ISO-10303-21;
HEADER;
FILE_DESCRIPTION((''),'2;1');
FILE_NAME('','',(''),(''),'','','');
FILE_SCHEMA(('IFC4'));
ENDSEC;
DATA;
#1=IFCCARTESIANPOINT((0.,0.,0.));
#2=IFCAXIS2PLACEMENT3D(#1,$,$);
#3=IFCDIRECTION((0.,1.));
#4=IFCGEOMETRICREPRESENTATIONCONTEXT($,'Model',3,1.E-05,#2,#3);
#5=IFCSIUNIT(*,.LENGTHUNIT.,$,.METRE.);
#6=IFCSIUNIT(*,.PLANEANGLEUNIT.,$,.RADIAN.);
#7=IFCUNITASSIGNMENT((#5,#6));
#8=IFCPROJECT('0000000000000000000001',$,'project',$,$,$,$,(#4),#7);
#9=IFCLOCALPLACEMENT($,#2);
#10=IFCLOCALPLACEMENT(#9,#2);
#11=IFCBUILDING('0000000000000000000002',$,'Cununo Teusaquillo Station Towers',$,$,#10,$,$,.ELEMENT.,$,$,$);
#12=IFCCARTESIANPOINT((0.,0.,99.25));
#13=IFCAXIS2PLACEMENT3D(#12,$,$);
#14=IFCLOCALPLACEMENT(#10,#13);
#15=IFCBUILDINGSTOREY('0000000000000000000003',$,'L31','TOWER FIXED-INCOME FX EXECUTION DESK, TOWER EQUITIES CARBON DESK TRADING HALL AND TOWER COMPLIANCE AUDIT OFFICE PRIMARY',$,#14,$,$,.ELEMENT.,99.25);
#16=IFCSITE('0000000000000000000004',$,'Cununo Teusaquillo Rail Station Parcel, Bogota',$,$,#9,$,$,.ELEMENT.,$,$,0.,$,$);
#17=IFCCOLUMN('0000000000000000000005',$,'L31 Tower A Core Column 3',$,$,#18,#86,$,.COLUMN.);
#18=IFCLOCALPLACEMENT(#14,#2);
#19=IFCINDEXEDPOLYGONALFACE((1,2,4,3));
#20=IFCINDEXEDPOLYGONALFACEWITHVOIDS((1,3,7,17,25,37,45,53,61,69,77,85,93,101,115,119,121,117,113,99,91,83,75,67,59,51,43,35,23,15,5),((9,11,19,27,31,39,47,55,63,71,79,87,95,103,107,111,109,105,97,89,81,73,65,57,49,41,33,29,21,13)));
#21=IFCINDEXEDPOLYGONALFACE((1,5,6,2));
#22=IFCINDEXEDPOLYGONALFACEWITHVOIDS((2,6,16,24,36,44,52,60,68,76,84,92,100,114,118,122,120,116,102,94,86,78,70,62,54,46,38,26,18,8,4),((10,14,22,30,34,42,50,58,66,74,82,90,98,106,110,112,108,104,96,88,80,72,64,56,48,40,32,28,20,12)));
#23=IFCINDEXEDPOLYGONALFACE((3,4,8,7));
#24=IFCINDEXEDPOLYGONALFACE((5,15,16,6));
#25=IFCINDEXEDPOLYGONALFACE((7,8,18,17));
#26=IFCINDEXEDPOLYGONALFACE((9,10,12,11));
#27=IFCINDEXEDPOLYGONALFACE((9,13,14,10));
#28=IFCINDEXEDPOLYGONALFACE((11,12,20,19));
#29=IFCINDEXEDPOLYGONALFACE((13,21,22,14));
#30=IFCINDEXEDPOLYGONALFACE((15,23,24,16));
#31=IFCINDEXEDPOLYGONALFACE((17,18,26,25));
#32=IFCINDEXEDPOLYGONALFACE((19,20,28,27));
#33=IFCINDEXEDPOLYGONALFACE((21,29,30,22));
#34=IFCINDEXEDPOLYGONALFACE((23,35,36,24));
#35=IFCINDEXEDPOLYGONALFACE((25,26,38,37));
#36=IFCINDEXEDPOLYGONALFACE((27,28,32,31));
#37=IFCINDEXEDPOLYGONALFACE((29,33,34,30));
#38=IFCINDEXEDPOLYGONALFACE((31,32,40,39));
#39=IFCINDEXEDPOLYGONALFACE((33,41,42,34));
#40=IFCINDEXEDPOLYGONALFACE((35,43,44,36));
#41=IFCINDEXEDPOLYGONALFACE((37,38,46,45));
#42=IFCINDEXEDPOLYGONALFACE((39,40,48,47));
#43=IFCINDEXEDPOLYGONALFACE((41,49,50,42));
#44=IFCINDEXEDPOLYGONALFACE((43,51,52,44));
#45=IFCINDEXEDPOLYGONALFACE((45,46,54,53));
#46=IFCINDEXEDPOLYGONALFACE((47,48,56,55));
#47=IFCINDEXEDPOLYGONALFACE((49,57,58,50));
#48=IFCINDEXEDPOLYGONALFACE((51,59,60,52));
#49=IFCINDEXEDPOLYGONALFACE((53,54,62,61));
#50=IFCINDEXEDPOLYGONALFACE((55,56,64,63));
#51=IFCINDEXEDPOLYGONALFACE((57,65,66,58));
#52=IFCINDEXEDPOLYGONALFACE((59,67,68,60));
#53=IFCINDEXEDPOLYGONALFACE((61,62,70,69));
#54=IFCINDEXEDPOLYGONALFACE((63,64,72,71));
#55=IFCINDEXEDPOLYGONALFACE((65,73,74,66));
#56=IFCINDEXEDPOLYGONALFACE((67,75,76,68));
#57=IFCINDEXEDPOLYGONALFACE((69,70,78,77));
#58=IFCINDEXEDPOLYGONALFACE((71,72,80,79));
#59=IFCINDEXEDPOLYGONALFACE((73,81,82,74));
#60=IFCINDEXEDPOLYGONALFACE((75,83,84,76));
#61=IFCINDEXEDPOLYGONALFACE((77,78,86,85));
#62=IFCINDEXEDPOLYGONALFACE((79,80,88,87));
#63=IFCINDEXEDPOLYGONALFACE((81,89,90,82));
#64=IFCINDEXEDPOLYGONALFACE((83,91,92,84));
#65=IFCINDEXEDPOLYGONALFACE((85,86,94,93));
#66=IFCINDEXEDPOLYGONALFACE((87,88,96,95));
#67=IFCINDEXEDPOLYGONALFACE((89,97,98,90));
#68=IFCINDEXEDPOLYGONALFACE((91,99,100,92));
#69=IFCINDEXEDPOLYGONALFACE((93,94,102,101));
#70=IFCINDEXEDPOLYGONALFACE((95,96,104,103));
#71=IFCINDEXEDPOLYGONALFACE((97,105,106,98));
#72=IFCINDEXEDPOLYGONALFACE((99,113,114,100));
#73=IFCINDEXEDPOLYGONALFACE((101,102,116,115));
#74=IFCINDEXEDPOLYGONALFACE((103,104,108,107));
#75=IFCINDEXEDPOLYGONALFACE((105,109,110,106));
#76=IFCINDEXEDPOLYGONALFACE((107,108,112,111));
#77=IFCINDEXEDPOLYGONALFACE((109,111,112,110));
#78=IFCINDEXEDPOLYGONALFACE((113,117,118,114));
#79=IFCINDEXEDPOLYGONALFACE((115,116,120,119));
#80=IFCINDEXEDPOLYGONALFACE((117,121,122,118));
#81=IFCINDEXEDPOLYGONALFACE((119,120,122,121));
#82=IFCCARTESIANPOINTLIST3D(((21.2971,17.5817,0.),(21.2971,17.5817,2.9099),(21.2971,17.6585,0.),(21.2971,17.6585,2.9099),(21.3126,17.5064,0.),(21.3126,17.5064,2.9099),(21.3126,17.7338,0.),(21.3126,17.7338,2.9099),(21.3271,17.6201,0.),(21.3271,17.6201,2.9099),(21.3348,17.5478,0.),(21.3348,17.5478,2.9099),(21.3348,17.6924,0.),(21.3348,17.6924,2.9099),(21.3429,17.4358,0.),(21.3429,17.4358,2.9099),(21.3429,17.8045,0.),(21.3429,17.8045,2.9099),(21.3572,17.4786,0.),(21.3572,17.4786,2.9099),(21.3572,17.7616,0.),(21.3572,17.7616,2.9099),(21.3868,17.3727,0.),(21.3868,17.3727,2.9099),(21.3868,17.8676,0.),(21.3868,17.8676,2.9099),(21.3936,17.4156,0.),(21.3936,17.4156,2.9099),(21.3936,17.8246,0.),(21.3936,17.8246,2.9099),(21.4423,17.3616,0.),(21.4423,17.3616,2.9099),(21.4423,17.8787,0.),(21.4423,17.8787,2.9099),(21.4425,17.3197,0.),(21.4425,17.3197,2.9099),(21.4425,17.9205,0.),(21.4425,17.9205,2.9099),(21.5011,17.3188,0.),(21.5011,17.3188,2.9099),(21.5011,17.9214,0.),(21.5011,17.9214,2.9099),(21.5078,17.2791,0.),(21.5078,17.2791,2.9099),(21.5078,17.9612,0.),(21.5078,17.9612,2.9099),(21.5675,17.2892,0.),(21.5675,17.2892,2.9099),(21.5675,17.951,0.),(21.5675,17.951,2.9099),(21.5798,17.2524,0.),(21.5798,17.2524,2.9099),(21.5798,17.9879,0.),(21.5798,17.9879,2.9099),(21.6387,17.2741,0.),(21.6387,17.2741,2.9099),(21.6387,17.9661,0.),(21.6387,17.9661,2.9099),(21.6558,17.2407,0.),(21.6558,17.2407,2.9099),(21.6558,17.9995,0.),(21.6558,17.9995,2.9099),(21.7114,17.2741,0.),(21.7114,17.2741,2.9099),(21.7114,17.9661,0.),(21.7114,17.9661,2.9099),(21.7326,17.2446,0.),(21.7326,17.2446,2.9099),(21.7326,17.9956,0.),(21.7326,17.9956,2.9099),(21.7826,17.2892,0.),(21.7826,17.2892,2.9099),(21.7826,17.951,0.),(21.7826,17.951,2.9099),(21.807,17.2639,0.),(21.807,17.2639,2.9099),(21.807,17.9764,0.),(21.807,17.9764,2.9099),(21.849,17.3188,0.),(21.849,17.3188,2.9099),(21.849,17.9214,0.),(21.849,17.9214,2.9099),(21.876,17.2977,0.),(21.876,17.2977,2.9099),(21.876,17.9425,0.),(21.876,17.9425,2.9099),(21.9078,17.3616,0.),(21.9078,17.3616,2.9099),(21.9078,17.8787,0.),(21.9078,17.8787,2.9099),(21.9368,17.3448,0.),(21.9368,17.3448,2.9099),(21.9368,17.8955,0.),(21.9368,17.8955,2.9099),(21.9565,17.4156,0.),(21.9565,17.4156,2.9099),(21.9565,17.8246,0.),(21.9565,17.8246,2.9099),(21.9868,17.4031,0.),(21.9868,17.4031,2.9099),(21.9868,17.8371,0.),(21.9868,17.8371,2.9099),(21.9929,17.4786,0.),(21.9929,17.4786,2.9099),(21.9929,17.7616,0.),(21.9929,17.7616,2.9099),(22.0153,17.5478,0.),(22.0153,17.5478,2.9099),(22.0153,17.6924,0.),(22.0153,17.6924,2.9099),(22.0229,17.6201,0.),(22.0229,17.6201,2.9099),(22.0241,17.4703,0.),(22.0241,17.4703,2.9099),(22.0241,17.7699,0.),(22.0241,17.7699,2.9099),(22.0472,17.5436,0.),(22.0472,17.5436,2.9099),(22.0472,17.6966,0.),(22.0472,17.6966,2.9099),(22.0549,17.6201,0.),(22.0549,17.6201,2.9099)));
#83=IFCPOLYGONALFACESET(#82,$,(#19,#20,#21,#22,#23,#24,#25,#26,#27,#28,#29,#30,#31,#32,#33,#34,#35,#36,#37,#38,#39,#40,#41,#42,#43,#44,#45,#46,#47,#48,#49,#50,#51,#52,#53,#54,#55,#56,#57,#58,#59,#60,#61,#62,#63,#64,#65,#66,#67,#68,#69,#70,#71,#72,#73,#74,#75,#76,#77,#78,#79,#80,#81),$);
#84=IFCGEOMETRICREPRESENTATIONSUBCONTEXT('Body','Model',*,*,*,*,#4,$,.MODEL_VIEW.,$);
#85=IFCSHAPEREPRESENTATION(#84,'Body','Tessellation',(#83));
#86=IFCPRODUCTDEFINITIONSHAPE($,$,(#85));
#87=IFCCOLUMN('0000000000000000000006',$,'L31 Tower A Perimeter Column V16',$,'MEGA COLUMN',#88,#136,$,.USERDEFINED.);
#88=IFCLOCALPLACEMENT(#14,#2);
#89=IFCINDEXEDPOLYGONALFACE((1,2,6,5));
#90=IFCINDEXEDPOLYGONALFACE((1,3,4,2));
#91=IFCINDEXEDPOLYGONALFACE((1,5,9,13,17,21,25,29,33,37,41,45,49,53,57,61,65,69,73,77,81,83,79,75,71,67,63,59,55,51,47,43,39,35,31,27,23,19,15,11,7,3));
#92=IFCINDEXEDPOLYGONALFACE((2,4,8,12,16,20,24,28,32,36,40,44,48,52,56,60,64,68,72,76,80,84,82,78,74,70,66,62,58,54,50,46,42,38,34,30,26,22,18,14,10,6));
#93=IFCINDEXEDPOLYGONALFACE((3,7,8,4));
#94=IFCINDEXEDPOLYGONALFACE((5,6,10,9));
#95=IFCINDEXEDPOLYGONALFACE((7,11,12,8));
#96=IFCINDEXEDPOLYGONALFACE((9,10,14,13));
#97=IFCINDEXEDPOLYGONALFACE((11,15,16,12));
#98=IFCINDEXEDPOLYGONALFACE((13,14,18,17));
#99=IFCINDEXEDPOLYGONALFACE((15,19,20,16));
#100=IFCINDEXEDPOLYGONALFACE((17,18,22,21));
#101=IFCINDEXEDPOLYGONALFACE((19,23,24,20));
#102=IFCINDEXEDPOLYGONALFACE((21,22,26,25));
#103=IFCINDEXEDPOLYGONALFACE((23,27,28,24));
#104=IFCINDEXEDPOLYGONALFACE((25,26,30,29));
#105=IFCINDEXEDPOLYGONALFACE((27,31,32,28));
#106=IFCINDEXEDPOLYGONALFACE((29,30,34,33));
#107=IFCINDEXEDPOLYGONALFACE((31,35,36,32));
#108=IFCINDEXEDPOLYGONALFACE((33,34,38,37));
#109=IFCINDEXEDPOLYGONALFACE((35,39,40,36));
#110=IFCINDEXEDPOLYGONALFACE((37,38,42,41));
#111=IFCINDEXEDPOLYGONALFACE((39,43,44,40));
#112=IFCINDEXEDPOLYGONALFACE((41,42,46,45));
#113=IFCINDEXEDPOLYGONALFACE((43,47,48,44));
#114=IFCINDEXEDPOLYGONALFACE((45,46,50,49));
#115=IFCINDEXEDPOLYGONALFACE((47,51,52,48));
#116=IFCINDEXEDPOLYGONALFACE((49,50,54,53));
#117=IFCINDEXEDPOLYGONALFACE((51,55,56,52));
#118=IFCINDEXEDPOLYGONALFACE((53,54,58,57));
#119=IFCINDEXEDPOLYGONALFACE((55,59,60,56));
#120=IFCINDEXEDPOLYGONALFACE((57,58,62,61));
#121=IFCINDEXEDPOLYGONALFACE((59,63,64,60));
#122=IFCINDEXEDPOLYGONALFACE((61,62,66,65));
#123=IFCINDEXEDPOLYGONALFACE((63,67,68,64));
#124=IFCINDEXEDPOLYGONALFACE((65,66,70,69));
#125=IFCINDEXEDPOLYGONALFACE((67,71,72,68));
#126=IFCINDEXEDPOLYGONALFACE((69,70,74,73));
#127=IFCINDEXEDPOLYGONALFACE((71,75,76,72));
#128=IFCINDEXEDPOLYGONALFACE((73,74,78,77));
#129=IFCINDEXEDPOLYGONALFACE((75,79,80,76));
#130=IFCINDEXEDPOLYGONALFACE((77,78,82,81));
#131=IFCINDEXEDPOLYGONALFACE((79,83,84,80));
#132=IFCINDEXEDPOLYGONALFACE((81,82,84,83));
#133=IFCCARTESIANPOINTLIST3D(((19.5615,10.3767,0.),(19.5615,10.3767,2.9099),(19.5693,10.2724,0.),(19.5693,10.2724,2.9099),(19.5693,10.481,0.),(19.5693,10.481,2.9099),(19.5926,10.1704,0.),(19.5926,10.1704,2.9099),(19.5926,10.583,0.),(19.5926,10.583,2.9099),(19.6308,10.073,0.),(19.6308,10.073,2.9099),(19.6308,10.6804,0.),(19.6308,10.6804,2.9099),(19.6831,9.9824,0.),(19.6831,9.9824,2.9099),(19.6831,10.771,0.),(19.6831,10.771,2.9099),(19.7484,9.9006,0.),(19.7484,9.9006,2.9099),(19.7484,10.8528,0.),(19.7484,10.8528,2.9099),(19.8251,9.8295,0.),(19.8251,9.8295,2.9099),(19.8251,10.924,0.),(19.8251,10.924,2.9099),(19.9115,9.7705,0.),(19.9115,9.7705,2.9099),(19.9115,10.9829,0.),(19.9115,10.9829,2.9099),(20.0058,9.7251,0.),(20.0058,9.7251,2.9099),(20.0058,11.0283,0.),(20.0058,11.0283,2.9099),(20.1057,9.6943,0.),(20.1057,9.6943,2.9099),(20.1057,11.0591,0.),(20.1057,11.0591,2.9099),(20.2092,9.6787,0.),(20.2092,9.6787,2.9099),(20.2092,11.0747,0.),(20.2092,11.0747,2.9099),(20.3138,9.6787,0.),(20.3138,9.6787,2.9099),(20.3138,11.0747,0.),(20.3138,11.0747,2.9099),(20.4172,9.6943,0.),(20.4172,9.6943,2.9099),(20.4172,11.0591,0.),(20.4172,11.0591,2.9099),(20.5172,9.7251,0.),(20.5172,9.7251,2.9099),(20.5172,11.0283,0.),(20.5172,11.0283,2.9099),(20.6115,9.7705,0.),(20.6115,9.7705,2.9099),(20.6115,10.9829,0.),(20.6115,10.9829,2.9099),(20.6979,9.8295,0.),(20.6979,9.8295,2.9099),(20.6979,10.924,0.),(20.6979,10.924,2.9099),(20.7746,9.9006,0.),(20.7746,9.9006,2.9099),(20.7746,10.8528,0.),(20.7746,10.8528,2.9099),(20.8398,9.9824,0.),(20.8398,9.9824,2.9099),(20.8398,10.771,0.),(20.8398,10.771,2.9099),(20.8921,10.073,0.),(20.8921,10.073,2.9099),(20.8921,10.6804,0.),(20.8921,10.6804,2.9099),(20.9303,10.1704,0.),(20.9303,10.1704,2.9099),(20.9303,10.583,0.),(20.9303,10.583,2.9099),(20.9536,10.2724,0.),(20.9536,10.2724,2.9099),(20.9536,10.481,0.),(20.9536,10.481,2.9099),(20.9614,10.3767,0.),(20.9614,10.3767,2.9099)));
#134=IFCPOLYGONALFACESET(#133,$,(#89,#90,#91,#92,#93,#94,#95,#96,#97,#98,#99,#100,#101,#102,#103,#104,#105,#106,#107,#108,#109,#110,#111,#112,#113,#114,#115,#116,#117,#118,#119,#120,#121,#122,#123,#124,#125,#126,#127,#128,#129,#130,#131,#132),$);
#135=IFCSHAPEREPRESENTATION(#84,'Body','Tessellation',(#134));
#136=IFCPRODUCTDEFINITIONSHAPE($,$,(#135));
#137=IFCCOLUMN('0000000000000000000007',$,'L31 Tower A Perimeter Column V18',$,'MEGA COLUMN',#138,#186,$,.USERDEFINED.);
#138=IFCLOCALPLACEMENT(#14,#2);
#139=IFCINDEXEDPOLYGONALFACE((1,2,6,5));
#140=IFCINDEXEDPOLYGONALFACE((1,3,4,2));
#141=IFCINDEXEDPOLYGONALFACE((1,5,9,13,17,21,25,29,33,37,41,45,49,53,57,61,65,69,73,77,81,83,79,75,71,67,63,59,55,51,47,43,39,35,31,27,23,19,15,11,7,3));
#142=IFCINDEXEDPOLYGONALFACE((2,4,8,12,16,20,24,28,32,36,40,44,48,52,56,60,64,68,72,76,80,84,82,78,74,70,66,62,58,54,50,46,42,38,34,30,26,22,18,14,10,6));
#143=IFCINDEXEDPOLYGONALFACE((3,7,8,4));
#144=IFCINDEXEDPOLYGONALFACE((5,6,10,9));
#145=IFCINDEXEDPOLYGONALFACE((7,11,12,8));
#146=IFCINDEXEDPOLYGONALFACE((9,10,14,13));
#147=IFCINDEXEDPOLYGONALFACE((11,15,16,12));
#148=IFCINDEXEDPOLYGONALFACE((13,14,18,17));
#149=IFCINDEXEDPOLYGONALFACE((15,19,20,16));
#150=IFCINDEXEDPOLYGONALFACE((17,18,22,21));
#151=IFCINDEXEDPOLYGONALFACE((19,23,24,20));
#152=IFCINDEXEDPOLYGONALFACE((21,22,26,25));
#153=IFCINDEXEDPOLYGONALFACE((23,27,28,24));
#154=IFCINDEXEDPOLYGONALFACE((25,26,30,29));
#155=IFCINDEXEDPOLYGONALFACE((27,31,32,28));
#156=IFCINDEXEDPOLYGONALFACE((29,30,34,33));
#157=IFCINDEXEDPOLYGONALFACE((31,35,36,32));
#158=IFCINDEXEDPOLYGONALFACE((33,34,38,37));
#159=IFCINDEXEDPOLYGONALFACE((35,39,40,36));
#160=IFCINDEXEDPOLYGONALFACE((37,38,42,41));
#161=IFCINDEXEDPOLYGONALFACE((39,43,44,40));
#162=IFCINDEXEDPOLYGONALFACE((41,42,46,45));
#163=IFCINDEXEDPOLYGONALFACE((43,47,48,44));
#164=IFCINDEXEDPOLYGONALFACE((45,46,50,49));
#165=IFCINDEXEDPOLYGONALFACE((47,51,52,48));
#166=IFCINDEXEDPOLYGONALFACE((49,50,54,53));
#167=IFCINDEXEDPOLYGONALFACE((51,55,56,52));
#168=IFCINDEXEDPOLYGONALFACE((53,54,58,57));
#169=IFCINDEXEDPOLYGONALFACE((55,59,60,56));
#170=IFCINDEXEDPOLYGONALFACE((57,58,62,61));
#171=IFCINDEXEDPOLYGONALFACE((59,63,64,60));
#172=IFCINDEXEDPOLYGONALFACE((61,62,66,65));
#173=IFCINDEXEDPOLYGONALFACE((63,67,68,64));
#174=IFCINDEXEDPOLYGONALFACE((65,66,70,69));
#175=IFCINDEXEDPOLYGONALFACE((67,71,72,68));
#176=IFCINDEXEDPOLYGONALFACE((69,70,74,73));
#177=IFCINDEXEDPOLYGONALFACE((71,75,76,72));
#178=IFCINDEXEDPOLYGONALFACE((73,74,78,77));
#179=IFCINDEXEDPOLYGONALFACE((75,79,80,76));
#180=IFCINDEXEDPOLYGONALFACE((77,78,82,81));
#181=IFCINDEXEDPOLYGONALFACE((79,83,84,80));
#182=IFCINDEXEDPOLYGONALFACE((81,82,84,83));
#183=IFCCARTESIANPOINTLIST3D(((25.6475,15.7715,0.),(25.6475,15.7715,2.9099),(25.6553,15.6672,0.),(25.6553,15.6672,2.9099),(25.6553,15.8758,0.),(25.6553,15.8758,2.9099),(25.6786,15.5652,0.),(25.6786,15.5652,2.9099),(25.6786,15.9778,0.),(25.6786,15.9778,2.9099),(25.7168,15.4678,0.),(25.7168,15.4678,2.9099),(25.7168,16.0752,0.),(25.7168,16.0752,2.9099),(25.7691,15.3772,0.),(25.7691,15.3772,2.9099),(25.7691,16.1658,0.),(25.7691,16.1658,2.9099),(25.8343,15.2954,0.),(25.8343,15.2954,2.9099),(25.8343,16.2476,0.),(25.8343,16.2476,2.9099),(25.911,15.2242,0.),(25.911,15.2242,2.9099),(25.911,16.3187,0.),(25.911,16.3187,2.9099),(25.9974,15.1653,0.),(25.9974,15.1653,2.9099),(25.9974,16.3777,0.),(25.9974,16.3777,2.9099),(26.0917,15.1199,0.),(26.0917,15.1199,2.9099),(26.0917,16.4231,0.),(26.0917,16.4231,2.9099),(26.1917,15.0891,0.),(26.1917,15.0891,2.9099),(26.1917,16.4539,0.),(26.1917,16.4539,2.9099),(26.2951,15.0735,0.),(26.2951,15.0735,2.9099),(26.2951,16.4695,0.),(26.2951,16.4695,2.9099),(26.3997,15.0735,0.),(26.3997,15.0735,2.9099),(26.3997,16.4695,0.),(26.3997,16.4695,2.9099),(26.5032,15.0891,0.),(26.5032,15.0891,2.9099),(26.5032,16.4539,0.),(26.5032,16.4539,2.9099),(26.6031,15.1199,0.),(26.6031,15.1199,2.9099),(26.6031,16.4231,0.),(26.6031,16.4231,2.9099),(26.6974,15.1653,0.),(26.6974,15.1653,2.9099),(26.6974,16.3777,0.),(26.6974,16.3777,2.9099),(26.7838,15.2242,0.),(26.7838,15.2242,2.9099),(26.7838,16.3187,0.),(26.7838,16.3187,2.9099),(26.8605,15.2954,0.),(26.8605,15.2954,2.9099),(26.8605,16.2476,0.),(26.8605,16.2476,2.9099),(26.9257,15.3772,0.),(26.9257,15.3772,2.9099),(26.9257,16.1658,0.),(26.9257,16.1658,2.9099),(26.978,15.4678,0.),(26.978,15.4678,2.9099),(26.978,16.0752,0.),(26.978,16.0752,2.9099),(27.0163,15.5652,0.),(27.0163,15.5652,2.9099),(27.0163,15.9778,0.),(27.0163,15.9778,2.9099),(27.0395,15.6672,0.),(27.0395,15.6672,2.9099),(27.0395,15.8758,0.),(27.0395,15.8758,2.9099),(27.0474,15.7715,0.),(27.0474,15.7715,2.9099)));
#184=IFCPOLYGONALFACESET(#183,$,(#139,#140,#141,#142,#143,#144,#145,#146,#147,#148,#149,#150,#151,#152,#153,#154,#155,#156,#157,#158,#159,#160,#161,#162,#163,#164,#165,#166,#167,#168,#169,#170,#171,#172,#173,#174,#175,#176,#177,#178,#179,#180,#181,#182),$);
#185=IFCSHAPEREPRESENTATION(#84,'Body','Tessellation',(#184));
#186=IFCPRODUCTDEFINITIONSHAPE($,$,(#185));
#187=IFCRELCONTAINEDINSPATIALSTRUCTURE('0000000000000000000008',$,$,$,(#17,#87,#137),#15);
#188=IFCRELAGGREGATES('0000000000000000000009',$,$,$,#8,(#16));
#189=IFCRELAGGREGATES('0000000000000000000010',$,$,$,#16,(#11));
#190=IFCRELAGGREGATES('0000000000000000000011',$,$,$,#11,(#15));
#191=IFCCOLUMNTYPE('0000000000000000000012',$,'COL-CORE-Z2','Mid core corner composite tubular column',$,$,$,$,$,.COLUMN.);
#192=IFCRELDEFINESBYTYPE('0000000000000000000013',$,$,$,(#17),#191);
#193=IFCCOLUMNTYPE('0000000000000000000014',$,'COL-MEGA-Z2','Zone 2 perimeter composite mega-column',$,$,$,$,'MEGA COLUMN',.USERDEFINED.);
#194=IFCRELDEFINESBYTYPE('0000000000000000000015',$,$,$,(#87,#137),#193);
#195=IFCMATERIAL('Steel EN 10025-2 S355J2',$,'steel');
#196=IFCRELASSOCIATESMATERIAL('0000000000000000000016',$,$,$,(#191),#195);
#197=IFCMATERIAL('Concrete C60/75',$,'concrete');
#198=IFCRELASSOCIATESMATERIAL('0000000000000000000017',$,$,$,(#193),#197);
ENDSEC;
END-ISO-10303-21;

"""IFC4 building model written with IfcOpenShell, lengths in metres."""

from ifc_helpers import new_model, si_unit, direction, frame, origin, origin_2d, place, context, subcontext, project, spatial, circle, hollow_circle, extrude, material, material_profile, profile_set, type_object, element, save


model = new_model("IFC4")

# Units and contexts
model_context = context("Model", 3, precision=1e-05, world=origin(), true_north=direction((0.0, 1.0)))
body_context = subcontext(model_context, "Body", "Model", "MODEL_VIEW")
ifc_project = project(units=[si_unit("LENGTHUNIT", "METRE"), si_unit("PLANEANGLEUNIT", "RADIAN")], contexts=[model_context])

# Site, building, storey
site_placement = place(None, origin())
site = spatial("IfcSite", under=ifc_project, at=site_placement, Name="Cununo Teusaquillo Rail Station Parcel, Bogota", CompositionType="ELEMENT", RefElevation=0.0)
building_placement = place(site_placement, origin())
building = spatial("IfcBuilding", under=site, at=building_placement, Name="Cununo Teusaquillo Station Towers", CompositionType="ELEMENT")
storey_placement = place(building_placement, frame((0.0, 0.0, 99.25)))
storey = spatial("IfcBuildingStorey", under=building, at=storey_placement, Name="L31", Description="TOWER FIXED-INCOME FX EXECUTION DESK, TOWER EQUITIES CARBON DESK TRADING HALL AND TOWER COMPLIANCE AUDIT OFFICE PRIMARY", CompositionType="ELEMENT", Elevation=99.25)

# Columns
ifc_material_1 = material(Name="Steel EN 10025-2 S355J2", Category="steel")
ifc_material_profile_1 = material_profile(ifc_material_1, hollow_circle(Radius=0.3799, WallThickness=0.032, at=origin_2d()), Name="CHS 760x32")
ifc_profile_set_1 = profile_set([ifc_material_profile_1], Name="Steel EN 10025-2 S355J2")
column_type_1 = type_object("IfcColumnType", Name="COL-CORE-Z2", Description="Mid core corner composite tubular column", PredefinedType="COLUMN", material=ifc_profile_set_1)
column_placement = place(storey_placement, frame((21.675, 17.6201, 0.0), z_axis=(0.0, 0.0, 1.0), x_axis=(1.0, 0.0, 0.0)))
element("IfcColumn", 1, at=column_placement, inside=storey, type_object=column_type_1, Name="L31 Tower A Core Column 3", PredefinedType="COLUMN", context=body_context, shape_type="SweptSolid", body=[
    extrude(hollow_circle(Radius=0.3799, WallThickness=0.032, at=origin_2d()), origin(), (0.0, 0.0, 1.0), 2.9099),
])
ifc_material_2 = material(Name="Concrete C60/75", Category="concrete")
ifc_material_profile_2 = material_profile(ifc_material_2, circle(Radius=0.7, at=origin_2d()), Name="RC-CIRC-1400")
ifc_profile_set_2 = profile_set([ifc_material_profile_2], Name="Concrete C60/75")
column_type_2 = type_object("IfcColumnType", Name="COL-MEGA-Z2", Description="Zone 2 perimeter composite mega-column", ElementType="MEGA COLUMN", PredefinedType="USERDEFINED", material=ifc_profile_set_2)
for number, where, z_axis, x_axis, name in (
    (2, (20.2615, 10.3767, 0.0), (0.0, 0.0, 1.0), (1.0, 0.0, 0.0), "L31 Tower A Perimeter Column V16"),
    (3, (26.3474, 15.7715, 0.0), (0.0, 0.0, 1.0), (1.0, 0.0, 0.0), "L31 Tower A Perimeter Column V18"),
):
    element("IfcColumn", number, at=place(storey_placement, frame(where, z_axis=z_axis, x_axis=x_axis)), inside=storey, type_object=column_type_2, Name=name, ObjectType="MEGA COLUMN", PredefinedType="USERDEFINED", context=body_context, shape_type="SweptSolid", body=[
        extrude(circle(Radius=0.7, at=origin_2d()), origin(), (0.0, 0.0, 1.0), 2.9099),
    ])

save(model, "model.ifc")
